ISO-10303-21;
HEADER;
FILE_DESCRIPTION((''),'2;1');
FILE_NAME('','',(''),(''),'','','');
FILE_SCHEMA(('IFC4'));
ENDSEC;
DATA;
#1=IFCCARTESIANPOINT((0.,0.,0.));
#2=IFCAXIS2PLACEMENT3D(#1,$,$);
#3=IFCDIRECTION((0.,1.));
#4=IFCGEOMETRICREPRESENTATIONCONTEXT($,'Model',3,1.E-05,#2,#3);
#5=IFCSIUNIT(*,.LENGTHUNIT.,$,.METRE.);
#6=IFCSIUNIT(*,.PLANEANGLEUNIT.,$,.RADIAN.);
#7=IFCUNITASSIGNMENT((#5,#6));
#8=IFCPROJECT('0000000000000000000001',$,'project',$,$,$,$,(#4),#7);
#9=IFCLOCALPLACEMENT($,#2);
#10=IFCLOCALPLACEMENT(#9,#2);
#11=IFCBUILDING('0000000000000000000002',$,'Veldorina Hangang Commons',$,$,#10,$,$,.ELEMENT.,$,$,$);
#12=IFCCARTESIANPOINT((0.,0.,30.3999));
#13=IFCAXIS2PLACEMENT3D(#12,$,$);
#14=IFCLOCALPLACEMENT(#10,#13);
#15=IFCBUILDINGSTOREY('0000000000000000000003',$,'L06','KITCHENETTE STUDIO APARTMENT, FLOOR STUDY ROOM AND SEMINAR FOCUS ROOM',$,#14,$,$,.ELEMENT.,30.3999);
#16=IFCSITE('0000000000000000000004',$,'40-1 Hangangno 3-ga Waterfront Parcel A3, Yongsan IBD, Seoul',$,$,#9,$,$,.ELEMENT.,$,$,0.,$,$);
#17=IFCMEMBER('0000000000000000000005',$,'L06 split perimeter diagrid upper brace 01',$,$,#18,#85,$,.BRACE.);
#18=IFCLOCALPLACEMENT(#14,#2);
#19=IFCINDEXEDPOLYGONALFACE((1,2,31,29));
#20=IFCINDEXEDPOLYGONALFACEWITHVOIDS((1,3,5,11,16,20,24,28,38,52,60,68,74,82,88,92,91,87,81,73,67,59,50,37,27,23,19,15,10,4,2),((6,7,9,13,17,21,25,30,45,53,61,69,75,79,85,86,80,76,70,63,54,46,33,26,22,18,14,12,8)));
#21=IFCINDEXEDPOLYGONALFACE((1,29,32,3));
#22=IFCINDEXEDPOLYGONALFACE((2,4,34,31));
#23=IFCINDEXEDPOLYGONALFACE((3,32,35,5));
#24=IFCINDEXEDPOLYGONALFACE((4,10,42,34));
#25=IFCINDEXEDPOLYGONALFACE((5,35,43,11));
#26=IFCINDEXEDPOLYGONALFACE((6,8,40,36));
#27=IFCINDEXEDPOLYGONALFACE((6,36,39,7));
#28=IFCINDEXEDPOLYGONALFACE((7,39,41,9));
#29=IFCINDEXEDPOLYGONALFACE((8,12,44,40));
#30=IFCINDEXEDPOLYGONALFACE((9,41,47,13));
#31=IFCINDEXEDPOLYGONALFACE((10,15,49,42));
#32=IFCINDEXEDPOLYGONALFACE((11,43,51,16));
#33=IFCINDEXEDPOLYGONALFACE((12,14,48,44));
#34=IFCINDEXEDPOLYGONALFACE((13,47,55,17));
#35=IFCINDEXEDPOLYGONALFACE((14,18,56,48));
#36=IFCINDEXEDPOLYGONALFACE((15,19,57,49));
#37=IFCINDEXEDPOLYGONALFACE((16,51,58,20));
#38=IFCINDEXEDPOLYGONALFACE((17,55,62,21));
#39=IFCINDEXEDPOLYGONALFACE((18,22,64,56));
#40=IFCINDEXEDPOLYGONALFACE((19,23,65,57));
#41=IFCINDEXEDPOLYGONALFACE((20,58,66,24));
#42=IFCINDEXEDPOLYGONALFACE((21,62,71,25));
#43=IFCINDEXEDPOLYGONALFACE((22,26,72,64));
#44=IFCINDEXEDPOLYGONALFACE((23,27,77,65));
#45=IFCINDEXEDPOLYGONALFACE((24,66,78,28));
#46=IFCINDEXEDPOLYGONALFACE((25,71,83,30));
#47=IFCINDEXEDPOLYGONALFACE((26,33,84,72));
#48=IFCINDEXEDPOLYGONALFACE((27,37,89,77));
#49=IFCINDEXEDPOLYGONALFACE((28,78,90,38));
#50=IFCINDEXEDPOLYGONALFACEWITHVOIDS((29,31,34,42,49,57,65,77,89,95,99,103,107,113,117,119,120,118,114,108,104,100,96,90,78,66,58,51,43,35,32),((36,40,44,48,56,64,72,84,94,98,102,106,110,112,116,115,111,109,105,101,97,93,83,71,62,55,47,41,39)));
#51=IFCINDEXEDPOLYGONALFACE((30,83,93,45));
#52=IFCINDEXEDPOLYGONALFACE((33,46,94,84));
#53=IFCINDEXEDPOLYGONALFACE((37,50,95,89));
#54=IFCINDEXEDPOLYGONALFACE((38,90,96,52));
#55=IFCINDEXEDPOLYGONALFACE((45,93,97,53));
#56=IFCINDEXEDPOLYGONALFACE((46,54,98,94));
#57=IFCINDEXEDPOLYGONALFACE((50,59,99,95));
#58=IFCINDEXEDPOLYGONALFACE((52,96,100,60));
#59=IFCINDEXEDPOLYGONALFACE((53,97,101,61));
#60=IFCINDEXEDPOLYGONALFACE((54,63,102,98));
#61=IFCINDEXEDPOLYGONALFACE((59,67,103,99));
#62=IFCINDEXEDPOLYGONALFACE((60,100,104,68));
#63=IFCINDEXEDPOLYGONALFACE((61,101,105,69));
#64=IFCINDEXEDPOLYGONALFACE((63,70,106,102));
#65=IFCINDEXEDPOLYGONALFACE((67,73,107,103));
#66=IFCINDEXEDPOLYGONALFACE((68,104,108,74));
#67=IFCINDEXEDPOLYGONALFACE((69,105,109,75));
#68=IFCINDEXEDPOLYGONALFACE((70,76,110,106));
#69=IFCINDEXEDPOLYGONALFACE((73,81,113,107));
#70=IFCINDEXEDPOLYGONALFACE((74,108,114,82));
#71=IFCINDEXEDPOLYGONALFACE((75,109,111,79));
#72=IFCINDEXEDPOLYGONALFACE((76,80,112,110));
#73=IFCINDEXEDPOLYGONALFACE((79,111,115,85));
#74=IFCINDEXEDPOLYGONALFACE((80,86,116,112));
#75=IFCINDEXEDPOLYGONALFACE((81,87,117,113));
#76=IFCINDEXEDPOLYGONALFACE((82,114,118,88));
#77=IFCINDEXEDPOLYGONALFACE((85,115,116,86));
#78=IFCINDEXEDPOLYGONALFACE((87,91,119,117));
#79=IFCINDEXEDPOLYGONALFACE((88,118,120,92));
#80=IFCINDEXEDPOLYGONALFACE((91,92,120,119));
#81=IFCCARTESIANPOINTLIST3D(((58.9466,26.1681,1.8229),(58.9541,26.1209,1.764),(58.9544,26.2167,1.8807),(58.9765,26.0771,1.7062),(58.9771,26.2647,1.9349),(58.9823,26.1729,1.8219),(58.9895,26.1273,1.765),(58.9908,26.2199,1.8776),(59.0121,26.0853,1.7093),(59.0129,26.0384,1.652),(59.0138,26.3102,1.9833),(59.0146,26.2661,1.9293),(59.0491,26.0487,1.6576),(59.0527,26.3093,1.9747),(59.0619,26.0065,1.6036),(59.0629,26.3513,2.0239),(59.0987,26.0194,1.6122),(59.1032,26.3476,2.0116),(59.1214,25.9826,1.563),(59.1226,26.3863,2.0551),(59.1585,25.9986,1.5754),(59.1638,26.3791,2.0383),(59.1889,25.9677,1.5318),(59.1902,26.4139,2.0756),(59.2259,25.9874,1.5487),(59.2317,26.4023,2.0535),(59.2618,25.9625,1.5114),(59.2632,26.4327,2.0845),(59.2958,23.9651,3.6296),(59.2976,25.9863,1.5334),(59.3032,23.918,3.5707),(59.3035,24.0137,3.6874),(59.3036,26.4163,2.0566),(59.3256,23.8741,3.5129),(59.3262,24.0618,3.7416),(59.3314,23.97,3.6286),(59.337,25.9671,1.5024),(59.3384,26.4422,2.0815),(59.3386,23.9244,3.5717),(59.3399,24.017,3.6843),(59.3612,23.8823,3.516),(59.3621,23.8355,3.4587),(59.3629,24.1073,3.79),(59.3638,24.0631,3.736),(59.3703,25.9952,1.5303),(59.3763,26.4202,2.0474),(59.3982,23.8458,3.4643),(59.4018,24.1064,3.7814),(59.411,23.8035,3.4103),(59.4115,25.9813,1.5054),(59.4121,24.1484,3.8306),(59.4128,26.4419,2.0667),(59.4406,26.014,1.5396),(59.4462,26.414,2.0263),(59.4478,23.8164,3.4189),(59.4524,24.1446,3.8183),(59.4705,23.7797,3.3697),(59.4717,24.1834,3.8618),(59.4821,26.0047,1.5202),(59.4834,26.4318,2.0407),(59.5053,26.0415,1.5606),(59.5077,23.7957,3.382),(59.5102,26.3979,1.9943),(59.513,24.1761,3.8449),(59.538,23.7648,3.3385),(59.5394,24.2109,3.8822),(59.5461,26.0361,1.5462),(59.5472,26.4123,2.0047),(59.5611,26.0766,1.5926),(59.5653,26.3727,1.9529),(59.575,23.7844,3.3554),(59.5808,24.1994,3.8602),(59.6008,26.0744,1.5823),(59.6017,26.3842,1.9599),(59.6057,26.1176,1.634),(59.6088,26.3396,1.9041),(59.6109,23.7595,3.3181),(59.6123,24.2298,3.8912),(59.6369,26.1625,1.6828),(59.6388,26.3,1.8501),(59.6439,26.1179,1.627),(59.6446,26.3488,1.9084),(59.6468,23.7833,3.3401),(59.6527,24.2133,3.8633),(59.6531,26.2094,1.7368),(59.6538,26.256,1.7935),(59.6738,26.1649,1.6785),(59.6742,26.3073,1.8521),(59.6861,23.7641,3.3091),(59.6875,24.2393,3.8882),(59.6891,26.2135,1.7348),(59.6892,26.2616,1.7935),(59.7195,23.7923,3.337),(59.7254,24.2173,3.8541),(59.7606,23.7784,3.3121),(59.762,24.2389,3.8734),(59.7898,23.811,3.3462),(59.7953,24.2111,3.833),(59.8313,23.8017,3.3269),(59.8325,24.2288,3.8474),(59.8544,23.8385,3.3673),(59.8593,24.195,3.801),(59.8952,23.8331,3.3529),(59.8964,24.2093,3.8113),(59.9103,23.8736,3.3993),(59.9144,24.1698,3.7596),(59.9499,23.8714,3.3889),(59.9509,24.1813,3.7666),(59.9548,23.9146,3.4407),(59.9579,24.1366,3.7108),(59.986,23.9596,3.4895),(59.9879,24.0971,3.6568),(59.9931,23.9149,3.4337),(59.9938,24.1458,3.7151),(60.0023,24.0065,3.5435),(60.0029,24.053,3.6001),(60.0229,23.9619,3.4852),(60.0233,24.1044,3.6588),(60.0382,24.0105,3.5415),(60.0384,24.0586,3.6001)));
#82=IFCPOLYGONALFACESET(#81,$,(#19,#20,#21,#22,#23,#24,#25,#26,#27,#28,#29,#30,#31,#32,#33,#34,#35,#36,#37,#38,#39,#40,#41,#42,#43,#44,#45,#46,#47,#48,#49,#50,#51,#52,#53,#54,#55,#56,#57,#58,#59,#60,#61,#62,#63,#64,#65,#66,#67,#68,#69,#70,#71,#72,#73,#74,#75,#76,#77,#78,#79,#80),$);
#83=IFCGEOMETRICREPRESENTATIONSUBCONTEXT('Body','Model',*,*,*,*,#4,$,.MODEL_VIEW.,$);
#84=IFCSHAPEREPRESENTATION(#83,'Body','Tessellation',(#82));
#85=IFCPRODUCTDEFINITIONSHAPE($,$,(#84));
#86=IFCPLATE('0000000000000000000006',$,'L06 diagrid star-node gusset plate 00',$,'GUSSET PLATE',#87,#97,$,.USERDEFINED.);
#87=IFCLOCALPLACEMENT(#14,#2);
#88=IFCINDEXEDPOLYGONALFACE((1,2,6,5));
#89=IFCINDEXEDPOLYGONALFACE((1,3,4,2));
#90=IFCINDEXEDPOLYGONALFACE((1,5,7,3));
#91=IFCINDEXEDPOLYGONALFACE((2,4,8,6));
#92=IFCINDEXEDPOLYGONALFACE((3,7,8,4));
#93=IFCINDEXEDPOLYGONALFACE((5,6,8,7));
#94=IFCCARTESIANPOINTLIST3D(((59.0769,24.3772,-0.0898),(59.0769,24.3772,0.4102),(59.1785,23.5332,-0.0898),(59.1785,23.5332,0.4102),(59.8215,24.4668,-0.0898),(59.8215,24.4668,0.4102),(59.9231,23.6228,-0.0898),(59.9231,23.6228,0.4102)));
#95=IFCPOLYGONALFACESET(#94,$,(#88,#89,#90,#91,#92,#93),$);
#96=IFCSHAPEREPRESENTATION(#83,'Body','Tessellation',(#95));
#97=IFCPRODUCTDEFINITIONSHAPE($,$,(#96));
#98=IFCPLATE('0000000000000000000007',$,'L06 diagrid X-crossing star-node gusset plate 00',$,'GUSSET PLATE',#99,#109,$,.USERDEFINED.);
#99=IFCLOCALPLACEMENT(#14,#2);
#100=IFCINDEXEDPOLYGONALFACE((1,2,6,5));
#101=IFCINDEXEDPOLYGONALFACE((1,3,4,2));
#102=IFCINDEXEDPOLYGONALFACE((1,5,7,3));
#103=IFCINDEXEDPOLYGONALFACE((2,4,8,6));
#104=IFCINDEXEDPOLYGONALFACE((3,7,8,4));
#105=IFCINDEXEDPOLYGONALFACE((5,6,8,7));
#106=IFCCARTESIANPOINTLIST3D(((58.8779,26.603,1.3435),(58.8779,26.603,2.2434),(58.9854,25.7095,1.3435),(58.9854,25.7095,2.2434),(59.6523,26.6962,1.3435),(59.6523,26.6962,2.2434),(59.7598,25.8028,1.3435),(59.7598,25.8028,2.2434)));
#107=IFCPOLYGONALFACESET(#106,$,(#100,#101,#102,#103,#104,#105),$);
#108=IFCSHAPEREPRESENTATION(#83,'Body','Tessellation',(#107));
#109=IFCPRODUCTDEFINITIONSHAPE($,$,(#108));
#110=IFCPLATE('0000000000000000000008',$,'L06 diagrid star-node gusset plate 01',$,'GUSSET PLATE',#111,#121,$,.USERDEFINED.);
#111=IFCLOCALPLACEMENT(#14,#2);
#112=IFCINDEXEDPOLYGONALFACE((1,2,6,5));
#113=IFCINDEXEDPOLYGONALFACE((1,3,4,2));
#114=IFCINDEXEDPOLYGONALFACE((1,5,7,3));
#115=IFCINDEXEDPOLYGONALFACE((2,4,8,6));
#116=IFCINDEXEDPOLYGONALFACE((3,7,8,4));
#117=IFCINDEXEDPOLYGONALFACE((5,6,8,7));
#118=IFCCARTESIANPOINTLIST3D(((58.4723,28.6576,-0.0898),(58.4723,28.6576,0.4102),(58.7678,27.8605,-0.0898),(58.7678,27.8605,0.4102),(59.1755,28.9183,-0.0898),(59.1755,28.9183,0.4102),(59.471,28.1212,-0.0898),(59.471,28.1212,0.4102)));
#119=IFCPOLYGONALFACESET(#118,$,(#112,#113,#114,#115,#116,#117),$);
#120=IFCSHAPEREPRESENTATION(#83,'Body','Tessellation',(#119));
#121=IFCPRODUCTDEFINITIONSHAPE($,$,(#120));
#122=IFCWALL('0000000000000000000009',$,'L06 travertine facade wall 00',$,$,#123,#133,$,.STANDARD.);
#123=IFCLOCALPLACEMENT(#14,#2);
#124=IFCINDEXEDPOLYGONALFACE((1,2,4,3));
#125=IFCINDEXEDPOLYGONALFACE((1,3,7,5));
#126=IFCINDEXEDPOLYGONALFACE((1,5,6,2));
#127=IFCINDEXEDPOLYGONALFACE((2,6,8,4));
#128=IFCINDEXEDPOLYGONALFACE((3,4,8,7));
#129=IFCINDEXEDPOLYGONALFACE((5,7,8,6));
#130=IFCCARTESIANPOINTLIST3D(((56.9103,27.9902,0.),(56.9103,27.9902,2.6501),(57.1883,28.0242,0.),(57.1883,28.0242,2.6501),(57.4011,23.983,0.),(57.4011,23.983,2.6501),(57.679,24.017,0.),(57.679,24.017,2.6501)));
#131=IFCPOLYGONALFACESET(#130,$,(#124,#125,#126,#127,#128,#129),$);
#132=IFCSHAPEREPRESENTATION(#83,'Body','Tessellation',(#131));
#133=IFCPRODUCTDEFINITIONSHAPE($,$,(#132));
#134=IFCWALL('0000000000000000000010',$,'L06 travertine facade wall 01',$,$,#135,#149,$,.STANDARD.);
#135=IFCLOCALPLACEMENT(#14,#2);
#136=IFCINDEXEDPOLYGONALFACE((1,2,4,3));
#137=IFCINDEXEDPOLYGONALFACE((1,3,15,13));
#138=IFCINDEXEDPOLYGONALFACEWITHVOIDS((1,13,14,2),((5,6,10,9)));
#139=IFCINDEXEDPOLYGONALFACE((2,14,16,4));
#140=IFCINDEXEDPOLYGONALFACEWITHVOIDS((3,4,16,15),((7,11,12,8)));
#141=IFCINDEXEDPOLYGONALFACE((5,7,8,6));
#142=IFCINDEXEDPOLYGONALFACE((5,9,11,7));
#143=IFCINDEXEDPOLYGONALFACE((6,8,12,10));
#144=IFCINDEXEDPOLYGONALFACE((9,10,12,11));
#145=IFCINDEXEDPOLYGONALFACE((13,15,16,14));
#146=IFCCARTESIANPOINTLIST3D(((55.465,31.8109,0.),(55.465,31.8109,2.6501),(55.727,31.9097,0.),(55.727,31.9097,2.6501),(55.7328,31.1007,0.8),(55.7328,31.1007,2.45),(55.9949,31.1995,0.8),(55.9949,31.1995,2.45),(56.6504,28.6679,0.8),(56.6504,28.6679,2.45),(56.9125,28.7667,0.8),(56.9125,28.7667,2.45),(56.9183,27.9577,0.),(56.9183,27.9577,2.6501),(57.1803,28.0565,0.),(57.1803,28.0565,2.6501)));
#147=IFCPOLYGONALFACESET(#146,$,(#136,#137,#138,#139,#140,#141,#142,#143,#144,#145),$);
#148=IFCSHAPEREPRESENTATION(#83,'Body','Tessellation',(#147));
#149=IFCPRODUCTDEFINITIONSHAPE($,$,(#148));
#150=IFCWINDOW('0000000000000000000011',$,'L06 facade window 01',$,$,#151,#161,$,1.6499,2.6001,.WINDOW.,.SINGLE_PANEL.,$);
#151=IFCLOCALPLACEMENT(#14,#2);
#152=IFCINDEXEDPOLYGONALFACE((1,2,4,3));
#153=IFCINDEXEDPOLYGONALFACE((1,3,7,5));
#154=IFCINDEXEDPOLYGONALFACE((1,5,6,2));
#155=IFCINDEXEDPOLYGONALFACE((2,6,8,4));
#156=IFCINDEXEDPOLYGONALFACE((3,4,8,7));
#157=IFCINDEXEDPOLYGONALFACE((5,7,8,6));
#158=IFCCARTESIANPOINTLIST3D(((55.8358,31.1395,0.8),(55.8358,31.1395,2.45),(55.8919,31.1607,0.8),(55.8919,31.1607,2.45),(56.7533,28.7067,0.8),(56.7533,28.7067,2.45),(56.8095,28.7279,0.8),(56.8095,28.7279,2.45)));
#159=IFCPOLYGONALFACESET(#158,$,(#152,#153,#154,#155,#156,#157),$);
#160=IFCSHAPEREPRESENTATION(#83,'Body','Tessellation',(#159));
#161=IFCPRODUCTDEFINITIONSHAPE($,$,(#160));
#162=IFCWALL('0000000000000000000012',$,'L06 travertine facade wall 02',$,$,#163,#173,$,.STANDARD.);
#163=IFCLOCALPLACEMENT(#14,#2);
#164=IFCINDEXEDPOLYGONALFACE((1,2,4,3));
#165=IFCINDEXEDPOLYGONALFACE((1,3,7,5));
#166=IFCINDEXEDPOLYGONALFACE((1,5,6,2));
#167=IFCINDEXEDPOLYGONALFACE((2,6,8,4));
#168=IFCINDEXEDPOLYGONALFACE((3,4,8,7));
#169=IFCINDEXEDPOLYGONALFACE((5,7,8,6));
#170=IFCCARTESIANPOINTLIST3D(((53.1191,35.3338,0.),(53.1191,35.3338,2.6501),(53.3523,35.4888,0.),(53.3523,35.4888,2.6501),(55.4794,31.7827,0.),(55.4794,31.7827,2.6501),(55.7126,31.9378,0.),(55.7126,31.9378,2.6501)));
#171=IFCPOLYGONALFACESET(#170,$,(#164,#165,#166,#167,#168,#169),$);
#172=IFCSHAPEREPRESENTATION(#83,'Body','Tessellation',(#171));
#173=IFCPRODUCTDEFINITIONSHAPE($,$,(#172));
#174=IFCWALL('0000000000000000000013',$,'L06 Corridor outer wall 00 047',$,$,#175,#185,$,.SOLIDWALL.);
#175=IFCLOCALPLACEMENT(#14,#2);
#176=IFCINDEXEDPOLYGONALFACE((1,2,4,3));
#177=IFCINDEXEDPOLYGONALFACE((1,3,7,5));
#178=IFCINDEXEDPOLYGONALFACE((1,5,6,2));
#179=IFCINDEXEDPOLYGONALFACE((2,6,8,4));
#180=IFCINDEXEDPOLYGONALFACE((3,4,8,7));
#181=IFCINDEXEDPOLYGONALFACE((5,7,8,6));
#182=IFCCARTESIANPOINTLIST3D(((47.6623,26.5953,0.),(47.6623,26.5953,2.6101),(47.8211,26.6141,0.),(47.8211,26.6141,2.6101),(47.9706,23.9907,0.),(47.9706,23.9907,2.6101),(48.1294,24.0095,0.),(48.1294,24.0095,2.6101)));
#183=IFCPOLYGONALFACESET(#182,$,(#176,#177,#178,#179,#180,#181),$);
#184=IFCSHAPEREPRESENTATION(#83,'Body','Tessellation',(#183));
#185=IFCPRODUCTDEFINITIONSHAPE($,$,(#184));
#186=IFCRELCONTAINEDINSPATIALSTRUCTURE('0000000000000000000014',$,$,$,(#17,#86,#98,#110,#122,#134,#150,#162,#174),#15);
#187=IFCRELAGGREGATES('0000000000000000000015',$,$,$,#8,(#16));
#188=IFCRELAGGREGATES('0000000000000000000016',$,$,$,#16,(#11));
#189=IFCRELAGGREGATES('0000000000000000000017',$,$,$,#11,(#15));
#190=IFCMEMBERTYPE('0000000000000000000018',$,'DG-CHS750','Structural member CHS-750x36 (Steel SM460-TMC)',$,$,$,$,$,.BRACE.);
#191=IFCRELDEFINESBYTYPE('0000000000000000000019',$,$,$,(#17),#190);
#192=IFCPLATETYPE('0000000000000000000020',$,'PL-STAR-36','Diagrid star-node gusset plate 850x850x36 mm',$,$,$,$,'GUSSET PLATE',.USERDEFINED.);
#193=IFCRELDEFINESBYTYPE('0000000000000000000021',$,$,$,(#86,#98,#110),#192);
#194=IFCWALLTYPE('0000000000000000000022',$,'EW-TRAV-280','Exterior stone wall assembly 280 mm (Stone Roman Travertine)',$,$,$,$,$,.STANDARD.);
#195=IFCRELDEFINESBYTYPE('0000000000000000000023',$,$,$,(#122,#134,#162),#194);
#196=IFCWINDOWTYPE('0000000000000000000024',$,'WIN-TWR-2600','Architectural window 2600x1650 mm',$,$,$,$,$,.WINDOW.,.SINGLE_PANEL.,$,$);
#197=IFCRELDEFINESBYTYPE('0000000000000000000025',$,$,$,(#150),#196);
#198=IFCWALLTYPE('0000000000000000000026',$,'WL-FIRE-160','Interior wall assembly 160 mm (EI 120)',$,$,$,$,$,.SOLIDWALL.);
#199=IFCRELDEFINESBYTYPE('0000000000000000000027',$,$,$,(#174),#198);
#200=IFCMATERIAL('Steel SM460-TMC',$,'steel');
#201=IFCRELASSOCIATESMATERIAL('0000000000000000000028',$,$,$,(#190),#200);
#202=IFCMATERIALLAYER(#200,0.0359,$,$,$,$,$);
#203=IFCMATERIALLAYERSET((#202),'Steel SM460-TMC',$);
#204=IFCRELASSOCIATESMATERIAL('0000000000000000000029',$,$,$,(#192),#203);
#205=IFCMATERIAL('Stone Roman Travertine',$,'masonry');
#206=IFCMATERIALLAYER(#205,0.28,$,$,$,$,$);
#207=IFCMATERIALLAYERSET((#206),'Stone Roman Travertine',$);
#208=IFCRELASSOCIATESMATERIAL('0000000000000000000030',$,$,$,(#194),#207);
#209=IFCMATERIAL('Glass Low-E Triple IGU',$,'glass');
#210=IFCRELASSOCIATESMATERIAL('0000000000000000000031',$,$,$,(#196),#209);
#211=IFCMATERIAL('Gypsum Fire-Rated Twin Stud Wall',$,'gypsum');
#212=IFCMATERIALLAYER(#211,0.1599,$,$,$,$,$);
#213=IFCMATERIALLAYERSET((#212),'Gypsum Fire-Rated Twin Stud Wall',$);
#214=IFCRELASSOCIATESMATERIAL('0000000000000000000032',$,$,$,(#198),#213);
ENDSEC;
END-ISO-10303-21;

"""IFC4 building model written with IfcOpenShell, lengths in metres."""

from ifc_helpers import new_model, si_unit, direction, frame, frame_2d, origin, origin_2d, place, context, subcontext, project, spatial, rectangle, hollow_circle, extrude, material, layer, layer_set, material_profile, profile_set, type_object, element, fill, save


model = new_model("IFC4")

# Units and contexts
model_context = context("Model", 3, precision=1e-05, world=origin(), true_north=direction((0.0, 1.0)))
body_context = subcontext(model_context, "Body", "Model", "MODEL_VIEW")
ifc_project = project(units=[si_unit("LENGTHUNIT", "METRE"), si_unit("PLANEANGLEUNIT", "RADIAN")], contexts=[model_context])

# Site, building, storey
site_placement = place(None, origin())
site = spatial("IfcSite", under=ifc_project, at=site_placement, Name="40-1 Hangangno 3-ga Waterfront Parcel A3, Yongsan IBD, Seoul", CompositionType="ELEMENT", RefElevation=0.0)
building_placement = place(site_placement, origin())
building = spatial("IfcBuilding", under=site, at=building_placement, Name="Veldorina Hangang Commons", CompositionType="ELEMENT")
storey_placement = place(building_placement, frame((0.0, 0.0, 30.3999)))
storey = spatial("IfcBuildingStorey", under=building, at=storey_placement, Name="L06", Description="KITCHENETTE STUDIO APARTMENT, FLOOR STUDY ROOM AND SEMINAR FOCUS ROOM", CompositionType="ELEMENT", Elevation=30.3999)

# Shared definitions
ifc_material_1 = material(Name="Steel SM460-TMC", Category="steel")

# Member
ifc_material_profile_1 = material_profile(ifc_material_1, hollow_circle(Radius=0.375, WallThickness=0.0359, at=origin_2d()), Name="CHS-750x36")
ifc_profile_set_1 = profile_set([ifc_material_profile_1], Name="Steel SM460-TMC")
member_type = type_object("IfcMemberType", Name="DG-CHS750", Description="Structural member CHS-750x36 (Steel SM460-TMC)", PredefinedType="BRACE", material=ifc_profile_set_1)
member_1_placement = place(storey_placement, frame((59.3188, 26.2029, 1.7935), z_axis=(0.121633, -0.767479, 0.62943), x_axis=(0.987673, 0.15653, 0.0)))
element("IfcMember", 1, at=member_1_placement, inside=storey, type_object=member_type, Name="L06 split perimeter diagrid upper brace 01", PredefinedType="BRACE", context=body_context, shape_type="SweptSolid", body=[
    extrude(hollow_circle(Radius=0.375, WallThickness=0.0359, at=origin_2d()), origin(), (0.0, 0.0, 1.0), 2.8704),
])

# Plates
ifc_layer_1 = layer(ifc_material_1, 0.0359)
ifc_layer_set_1 = layer_set([ifc_layer_1], Name="Steel SM460-TMC")
plate_type = type_object("IfcPlateType", Name="PL-STAR-36", Description="Diagrid star-node gusset plate 850x850x36 mm", ElementType="GUSSET PLATE", PredefinedType="USERDEFINED", material=ifc_layer_set_1)
plate_1_placement = place(storey_placement, frame((59.5, 24.0, -0.0898), z_axis=(0.0, 0.0, 1.0), x_axis=(-0.119513, 0.992833, 0.0)))
element("IfcPlate", 2, at=plate_1_placement, inside=storey, type_object=plate_type, Name="L06 diagrid star-node gusset plate 00", ObjectType="GUSSET PLATE", PredefinedType="USERDEFINED", context=body_context, shape_type="SweptSolid", body=[
    extrude(rectangle(XDim=0.8501, YDim=0.75, at=origin_2d()), origin(), (0.0, 0.0, 1.0), 0.5),
])
plate_2_placement = place(storey_placement, frame((59.3188, 26.2029, 1.3435), z_axis=(0.0, 0.0, 1.0), x_axis=(-0.119513, 0.992833, 0.0)))
element("IfcPlate", 3, at=plate_2_placement, inside=storey, type_object=plate_type, Name="L06 diagrid X-crossing star-node gusset plate 00", ObjectType="GUSSET PLATE", PredefinedType="USERDEFINED", context=body_context, shape_type="SweptSolid", body=[
    extrude(rectangle(XDim=0.8999, YDim=0.78, at=origin_2d()), origin(), (0.0, 0.0, 1.0), 0.8999),
])
plate_3_placement = place(storey_placement, frame((58.9717, 28.3894, -0.0898), z_axis=(0.0, 0.0, 1.0), x_axis=(-0.347623, 0.937634, 0.0)))
element("IfcPlate", 4, at=plate_3_placement, inside=storey, type_object=plate_type, Name="L06 diagrid star-node gusset plate 01", ObjectType="GUSSET PLATE", PredefinedType="USERDEFINED", context=body_context, shape_type="SweptSolid", body=[
    extrude(rectangle(XDim=0.8501, YDim=0.75, at=origin_2d()), origin(), (0.0, 0.0, 1.0), 0.5),
])

# Wall
ifc_material_2 = material(Name="Stone Roman Travertine", Category="masonry")
ifc_layer_2 = layer(ifc_material_2, 0.28)
ifc_layer_set_2 = layer_set([ifc_layer_2], Name="Stone Roman Travertine")
wall_type_1 = type_object("IfcWallType", Name="EW-TRAV-280", Description="Exterior stone wall assembly 280 mm (Stone Roman Travertine)", PredefinedType="STANDARD", material=ifc_layer_set_2)
wall_1_placement = place(storey_placement, frame((57.54, 24.0, 0.0), z_axis=(0.0, 0.0, 1.0), x_axis=(-0.121556, 0.992585, 0.0)))
element("IfcWall", 5, at=wall_1_placement, inside=storey, type_object=wall_type_1, Name="L06 travertine facade wall 00", PredefinedType="STANDARD", context=body_context, shape_type="SweptSolid", body=[
    extrude(rectangle(XDim=4.0371, YDim=0.28, at=frame_2d((2.0186, 0.0))), origin(), (0.0, 0.0, 1.0), 2.6501),
])

# Wall, opening, window
wall_2_placement = place(storey_placement, frame((57.0493, 28.0071, 0.0), z_axis=(0.0, 0.0, 1.0), x_axis=(-0.352909, 0.935657, 0.0)))
wall_2 = element("IfcWall", 6, at=wall_2_placement, inside=storey, type_object=wall_type_1, Name="L06 travertine facade wall 01", PredefinedType="STANDARD", context=body_context, shape_type="SweptSolid", body=[
    extrude(rectangle(XDim=4.1182, YDim=0.28, at=frame_2d((2.0591, 0.0))), origin(), (0.0, 0.0, 1.0), 2.6501),
])
opening_1_placement = place(wall_2_placement, frame((0.759, 0.0, 0.8)))
opening_1 = element("IfcOpeningElement", 7, at=opening_1_placement, cuts=wall_2, PredefinedType="OPENING", context=body_context, shape_type="SweptSolid", body=[
    extrude(rectangle(XDim=2.6001, YDim=1.6499, at=frame_2d((1.3, 0.825))), frame((0.0, 0.1499, 0.0), z_axis=(0.0, -1.0, 0.0), x_axis=(1.0, 0.0, 0.0)), (0.0, 0.0, 1.0), 0.3),
])
ifc_material_3 = material(Name="Glass Low-E Triple IGU", Category="glass")
window_type = type_object("IfcWindowType", Name="WIN-TWR-2600", Description="Architectural window 2600x1650 mm", PartitioningType="SINGLE_PANEL", PredefinedType="WINDOW", material=ifc_material_3)
window_placement = place(opening_1_placement, origin())
window = element("IfcWindow", 8, at=window_placement, inside=storey, type_object=window_type, Name="L06 facade window 01", OverallHeight=1.6499, OverallWidth=2.6001, PartitioningType="SINGLE_PANEL", PredefinedType="WINDOW", context=body_context, shape_type="SweptSolid", body=[
    extrude(rectangle(XDim=2.6001, YDim=1.6499, at=frame_2d((1.3, 0.825))), frame((0.0, 0.03, 0.0), z_axis=(0.0, -1.0, 0.0), x_axis=(1.0, 0.0, 0.0)), (0.0, 0.0, 1.0), 0.0601),
])
fill(opening_1, window)

# Walls
wall_3_placement = place(storey_placement, frame((55.5959, 31.8604, 0.0), z_axis=(0.0, 0.0, 1.0), x_axis=(-0.553563, 0.832807, 0.0)))
element("IfcWall", 9, at=wall_3_placement, inside=storey, type_object=wall_type_1, Name="L06 travertine facade wall 02", PredefinedType="STANDARD", context=body_context, shape_type="SweptSolid", body=[
    extrude(rectangle(XDim=4.2639, YDim=0.28, at=frame_2d((2.1318, 0.0))), origin(), (0.0, 0.0, 1.0), 2.6501),
])
ifc_material_4 = material(Name="Gypsum Fire-Rated Twin Stud Wall", Category="gypsum")
ifc_layer_3 = layer(ifc_material_4, 0.1599)
ifc_layer_set_3 = layer_set([ifc_layer_3], Name="Gypsum Fire-Rated Twin Stud Wall")
wall_type_2 = type_object("IfcWallType", Name="WL-FIRE-160", Description="Interior wall assembly 160 mm (EI 120)", PredefinedType="SOLIDWALL", material=ifc_layer_set_3)
wall_4_placement = place(storey_placement, frame((48.05, 24.0, 0.0), z_axis=(0.0, 0.0, 1.0), x_axis=(-0.11757, 0.993065, 0.0)))
element("IfcWall", 10, at=wall_4_placement, inside=storey, type_object=wall_type_2, Name="L06 Corridor outer wall 00 047", PredefinedType="SOLIDWALL", context=body_context, shape_type="SweptSolid", body=[
    extrude(rectangle(XDim=2.6228, YDim=0.1599, at=frame_2d((1.3115, 0.0))), origin(), (0.0, 0.0, 1.0), 2.6101),
])

save(model, "model.ifc")
